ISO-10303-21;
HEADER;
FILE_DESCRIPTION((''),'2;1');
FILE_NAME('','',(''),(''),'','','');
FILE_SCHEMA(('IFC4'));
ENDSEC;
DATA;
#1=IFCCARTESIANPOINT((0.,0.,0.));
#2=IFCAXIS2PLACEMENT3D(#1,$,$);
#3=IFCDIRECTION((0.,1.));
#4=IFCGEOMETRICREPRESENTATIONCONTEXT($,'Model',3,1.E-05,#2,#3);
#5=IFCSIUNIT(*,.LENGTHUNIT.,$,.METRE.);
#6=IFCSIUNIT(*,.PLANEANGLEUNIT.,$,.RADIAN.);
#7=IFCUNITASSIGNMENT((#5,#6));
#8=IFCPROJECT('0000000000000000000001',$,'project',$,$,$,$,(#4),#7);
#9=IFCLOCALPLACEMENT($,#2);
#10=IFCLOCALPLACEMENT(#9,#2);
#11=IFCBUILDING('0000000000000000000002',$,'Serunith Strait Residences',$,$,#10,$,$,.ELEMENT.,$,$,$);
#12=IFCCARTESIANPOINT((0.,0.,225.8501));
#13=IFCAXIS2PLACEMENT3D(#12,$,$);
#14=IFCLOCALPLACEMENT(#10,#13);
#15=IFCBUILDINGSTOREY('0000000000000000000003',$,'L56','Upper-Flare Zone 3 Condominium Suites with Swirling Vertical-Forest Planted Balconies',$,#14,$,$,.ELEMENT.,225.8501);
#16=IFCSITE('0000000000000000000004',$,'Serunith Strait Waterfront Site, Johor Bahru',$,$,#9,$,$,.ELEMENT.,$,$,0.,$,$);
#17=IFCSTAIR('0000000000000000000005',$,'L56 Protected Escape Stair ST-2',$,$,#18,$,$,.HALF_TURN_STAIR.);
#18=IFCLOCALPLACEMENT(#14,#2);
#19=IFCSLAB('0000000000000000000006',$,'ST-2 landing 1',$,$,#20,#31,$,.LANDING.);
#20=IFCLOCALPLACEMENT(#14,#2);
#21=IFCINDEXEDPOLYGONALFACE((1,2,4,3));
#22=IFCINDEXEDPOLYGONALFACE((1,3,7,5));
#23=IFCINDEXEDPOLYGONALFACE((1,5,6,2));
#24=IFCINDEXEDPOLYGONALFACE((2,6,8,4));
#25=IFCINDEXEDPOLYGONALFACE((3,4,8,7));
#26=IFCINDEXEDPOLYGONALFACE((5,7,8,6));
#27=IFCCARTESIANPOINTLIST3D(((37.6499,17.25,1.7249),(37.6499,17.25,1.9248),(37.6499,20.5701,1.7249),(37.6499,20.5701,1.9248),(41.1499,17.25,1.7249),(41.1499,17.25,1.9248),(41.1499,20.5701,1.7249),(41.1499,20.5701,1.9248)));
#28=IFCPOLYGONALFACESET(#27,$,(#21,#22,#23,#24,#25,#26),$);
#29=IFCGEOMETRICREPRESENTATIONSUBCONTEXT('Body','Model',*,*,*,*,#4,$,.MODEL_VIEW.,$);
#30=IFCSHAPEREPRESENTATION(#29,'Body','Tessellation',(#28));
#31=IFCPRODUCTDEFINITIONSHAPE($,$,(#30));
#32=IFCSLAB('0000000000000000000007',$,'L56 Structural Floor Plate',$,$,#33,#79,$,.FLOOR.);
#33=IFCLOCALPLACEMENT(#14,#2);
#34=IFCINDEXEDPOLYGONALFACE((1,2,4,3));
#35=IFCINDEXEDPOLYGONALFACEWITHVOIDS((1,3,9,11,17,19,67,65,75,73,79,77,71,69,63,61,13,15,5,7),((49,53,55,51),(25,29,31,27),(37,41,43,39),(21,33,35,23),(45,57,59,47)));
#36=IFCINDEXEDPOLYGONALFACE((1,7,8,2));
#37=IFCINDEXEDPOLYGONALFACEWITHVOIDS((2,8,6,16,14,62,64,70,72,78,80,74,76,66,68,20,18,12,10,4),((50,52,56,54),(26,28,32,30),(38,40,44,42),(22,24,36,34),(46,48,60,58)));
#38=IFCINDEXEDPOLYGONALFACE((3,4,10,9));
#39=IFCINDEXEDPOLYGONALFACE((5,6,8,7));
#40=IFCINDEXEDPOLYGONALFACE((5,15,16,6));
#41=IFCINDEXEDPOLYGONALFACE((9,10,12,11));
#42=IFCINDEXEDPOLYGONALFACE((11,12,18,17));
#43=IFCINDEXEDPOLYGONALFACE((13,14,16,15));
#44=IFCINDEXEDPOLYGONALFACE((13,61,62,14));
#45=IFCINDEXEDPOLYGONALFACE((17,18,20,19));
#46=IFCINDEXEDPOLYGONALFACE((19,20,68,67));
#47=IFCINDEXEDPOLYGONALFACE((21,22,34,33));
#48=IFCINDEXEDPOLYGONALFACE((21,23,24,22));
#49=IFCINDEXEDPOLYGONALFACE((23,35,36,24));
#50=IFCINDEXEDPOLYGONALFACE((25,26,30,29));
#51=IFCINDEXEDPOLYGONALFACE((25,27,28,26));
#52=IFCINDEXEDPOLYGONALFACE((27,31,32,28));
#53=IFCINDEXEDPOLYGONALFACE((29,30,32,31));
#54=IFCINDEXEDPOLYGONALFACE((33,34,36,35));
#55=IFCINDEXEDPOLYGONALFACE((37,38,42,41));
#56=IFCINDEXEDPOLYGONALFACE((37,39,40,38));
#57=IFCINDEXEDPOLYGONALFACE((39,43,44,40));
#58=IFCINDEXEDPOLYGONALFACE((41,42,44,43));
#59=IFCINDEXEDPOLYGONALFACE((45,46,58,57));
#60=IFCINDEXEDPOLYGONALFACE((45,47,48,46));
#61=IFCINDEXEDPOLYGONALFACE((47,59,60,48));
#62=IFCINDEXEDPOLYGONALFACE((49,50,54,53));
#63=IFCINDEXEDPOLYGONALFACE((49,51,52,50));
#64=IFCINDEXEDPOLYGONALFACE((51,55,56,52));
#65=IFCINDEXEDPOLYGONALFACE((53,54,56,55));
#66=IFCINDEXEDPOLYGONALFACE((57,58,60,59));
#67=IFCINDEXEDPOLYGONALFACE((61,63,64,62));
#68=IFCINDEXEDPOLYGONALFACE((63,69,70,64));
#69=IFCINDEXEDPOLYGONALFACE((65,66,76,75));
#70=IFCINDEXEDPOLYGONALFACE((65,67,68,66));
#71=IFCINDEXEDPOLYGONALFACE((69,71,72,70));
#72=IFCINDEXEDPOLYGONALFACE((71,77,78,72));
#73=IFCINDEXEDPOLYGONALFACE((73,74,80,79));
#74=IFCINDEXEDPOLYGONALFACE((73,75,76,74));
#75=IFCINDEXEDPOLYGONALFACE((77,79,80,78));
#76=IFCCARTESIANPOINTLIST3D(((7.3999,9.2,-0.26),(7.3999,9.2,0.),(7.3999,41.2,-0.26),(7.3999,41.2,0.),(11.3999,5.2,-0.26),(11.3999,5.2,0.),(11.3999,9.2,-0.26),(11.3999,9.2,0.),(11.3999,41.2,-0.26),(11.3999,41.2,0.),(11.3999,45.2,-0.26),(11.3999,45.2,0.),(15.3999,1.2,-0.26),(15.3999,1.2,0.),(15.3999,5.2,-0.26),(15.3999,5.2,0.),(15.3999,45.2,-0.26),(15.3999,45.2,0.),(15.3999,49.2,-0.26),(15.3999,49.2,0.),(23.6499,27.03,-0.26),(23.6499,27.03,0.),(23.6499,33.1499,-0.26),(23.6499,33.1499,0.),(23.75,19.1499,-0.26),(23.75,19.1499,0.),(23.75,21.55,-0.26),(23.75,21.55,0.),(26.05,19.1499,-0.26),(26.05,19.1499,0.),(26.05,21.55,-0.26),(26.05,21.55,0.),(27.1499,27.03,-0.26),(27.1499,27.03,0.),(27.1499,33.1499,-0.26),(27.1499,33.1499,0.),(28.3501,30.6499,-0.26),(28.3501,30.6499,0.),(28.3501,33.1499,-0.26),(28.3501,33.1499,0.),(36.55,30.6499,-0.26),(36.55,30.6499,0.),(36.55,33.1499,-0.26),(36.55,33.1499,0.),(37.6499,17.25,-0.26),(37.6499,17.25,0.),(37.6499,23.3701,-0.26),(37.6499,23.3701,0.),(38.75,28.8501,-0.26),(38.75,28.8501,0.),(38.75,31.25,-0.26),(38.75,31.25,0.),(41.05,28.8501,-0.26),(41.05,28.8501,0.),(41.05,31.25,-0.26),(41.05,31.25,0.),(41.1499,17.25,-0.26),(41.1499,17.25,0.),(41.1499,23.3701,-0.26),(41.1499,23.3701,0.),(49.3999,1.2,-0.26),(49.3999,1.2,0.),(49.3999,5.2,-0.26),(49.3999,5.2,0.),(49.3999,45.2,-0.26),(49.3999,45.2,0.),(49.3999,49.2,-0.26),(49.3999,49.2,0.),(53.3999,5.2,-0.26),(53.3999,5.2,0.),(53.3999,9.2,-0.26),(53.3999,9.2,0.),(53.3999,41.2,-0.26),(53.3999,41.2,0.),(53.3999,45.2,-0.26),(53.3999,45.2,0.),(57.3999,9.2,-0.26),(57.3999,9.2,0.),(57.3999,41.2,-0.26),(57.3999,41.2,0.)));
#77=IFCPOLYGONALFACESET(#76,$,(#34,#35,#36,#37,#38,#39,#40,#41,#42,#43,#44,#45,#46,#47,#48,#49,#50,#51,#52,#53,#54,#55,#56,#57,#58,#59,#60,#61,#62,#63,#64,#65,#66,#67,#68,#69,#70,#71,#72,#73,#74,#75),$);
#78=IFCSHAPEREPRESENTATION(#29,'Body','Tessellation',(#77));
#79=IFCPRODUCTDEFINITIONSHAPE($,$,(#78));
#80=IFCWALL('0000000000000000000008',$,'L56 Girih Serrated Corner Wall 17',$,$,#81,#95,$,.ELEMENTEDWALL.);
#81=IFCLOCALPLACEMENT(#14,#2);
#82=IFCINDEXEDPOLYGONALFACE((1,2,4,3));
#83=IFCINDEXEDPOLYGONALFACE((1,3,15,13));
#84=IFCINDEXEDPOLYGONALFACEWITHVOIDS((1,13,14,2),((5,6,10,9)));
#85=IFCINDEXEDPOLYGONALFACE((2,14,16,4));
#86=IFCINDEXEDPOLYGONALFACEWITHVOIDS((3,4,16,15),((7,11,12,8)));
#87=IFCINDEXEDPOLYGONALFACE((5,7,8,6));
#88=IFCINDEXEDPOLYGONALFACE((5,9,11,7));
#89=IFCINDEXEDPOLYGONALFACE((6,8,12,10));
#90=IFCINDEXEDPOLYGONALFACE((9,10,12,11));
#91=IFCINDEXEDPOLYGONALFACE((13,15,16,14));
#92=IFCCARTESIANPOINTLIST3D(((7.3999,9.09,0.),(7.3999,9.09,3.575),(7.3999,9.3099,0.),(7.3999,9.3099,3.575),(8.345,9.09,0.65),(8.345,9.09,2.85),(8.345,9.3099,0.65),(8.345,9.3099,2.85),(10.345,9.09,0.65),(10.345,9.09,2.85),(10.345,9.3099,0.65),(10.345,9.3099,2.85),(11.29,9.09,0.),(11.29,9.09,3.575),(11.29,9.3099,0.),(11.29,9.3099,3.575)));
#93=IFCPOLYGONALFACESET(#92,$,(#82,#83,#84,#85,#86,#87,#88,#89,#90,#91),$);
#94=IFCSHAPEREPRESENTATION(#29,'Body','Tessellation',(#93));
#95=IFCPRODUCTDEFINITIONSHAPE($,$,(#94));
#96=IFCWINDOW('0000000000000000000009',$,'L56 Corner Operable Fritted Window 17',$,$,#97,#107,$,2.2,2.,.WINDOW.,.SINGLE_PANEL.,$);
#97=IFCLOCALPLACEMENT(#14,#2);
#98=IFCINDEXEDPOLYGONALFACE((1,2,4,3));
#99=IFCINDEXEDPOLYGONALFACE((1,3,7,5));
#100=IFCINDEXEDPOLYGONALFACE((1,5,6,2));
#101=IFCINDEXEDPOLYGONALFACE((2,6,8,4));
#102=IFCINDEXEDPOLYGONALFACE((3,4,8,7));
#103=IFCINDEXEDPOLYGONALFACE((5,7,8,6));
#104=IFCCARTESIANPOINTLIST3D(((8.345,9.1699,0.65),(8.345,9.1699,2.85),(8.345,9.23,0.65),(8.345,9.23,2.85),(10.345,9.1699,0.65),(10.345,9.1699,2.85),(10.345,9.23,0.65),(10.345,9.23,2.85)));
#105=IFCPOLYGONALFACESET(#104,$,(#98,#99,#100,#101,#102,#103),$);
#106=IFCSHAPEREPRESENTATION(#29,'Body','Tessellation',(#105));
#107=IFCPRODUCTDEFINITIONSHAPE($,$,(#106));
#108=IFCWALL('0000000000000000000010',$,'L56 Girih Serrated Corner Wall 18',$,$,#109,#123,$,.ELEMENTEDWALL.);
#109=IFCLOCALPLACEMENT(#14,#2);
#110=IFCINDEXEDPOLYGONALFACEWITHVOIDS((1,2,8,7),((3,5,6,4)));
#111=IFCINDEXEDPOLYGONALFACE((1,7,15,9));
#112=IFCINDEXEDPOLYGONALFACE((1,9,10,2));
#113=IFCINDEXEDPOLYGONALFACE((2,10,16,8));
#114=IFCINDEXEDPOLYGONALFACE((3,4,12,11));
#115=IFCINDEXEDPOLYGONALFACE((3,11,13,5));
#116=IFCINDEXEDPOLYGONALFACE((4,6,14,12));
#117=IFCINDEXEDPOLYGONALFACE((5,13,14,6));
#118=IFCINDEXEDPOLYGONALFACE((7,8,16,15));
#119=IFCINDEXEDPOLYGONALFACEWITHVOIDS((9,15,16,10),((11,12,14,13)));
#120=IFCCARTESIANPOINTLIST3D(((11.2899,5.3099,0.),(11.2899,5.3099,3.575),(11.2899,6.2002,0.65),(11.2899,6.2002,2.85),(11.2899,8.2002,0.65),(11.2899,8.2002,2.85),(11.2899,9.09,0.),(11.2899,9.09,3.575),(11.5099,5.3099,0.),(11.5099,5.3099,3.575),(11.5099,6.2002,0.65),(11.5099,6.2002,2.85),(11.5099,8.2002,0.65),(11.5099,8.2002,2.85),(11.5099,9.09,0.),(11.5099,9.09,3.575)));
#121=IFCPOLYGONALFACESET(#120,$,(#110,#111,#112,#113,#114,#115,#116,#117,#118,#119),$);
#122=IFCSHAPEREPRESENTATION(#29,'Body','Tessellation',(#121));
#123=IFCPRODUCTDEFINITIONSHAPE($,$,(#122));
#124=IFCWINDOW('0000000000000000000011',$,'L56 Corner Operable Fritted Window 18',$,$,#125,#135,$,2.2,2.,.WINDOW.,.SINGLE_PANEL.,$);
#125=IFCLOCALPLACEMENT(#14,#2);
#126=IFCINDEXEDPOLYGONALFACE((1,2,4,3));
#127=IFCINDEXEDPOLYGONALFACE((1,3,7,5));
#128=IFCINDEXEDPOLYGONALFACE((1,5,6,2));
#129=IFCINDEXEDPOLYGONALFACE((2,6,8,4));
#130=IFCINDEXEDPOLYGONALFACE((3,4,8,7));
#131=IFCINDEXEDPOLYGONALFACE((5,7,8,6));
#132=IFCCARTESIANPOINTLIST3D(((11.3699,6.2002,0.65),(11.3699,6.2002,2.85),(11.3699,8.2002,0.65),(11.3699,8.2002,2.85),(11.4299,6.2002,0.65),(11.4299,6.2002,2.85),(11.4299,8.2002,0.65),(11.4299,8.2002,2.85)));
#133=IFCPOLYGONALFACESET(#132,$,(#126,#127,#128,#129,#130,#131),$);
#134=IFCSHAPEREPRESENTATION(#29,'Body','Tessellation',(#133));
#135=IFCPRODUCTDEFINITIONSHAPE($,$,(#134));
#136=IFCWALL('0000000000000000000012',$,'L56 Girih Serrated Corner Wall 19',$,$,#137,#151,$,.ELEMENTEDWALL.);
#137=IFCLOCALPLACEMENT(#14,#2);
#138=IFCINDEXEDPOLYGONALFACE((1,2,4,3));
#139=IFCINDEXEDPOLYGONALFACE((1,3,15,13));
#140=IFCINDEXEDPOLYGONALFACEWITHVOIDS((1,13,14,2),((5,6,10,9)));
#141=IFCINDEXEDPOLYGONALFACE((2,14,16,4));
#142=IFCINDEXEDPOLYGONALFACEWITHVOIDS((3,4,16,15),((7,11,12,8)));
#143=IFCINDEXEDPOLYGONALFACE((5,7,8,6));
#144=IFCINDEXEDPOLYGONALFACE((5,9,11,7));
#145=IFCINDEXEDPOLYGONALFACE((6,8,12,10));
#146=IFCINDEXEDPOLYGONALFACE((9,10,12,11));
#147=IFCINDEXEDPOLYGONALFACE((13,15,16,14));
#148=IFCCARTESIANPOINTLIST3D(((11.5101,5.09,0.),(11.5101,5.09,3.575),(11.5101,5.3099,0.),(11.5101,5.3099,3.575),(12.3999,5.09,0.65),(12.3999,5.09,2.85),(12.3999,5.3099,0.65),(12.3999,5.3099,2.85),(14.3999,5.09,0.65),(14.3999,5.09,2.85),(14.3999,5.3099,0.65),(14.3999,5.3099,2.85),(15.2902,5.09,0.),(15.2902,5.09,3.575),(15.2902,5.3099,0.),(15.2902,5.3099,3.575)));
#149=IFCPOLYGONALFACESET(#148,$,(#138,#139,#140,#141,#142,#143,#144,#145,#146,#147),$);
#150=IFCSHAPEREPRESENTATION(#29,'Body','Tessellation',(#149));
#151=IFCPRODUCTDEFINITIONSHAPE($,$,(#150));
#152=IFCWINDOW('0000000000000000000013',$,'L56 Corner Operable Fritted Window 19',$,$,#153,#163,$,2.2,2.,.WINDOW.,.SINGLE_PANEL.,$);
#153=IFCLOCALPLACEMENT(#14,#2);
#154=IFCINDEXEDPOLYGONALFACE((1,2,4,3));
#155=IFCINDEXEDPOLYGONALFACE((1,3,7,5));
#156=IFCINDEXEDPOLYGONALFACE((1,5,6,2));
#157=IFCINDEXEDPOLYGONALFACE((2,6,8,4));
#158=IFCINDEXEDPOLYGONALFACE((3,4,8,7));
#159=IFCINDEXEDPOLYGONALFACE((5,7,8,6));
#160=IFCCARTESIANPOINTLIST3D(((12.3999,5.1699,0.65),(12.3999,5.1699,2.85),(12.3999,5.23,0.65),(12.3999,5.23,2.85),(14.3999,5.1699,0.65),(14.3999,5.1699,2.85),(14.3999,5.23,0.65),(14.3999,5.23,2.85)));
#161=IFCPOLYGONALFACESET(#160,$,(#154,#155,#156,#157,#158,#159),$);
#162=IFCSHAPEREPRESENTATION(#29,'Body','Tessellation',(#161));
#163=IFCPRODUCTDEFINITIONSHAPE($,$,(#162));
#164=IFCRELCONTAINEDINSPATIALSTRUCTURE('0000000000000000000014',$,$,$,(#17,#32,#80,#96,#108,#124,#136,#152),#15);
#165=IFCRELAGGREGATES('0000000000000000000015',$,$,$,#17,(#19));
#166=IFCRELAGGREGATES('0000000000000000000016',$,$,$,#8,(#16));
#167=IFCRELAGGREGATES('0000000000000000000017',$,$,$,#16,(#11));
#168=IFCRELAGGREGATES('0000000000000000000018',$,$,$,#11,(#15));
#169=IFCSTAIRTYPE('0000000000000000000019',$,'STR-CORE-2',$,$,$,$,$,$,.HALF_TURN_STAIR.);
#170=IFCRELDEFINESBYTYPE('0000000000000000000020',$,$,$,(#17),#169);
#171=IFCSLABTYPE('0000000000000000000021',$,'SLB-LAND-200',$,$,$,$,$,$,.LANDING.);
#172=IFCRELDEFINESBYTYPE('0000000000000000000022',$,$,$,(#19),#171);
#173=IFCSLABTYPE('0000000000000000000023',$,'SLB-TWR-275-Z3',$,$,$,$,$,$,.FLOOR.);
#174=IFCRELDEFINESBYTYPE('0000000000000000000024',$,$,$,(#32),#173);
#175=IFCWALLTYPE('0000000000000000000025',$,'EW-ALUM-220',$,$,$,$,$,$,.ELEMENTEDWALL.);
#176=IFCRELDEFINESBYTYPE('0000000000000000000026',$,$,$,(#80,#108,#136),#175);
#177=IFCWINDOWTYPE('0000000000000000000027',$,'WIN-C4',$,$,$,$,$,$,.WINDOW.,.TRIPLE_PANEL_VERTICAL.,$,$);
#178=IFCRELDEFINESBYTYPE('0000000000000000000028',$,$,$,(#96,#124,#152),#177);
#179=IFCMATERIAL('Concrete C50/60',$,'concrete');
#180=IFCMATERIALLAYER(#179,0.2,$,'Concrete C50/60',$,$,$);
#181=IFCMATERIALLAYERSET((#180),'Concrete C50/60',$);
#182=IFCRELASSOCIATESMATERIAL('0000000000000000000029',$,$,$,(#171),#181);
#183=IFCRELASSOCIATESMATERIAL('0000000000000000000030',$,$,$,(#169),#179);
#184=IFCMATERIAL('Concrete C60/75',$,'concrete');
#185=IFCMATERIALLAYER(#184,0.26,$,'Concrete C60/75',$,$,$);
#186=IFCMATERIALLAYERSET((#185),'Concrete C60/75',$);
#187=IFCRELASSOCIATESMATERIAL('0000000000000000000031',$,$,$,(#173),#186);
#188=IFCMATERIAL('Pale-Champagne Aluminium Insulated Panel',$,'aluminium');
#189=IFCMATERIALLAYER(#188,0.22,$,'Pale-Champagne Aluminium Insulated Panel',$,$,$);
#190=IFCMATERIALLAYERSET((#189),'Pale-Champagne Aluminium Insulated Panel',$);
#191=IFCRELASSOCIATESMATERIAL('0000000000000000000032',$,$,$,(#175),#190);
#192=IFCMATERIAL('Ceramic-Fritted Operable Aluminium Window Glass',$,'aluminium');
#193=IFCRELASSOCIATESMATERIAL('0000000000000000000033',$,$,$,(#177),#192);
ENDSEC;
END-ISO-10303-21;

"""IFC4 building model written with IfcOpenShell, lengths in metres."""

from ifc_helpers import new_model, si_unit, direction, frame, frame_2d, origin, place, context, subcontext, project, spatial, polyline, rectangle, outline, extrude, source, transform, mapped, material, layer, layer_set, type_object, element, fill, aggregate, save


model = new_model("IFC4")

# Units and contexts
model_context = context("Model", 3, precision=1e-05, world=origin(), true_north=direction((0.0, 1.0)))
body_context = subcontext(model_context, "Body", "Model", "MODEL_VIEW")
ifc_project = project(units=[si_unit("LENGTHUNIT", "METRE"), si_unit("PLANEANGLEUNIT", "RADIAN")], contexts=[model_context])

# Site, building, storey
site_placement = place(None, origin())
site = spatial("IfcSite", under=ifc_project, at=site_placement, Name="Serunith Strait Waterfront Site, Johor Bahru", CompositionType="ELEMENT", RefElevation=0.0)
building_placement = place(site_placement, origin())
building = spatial("IfcBuilding", under=site, at=building_placement, Name="Serunith Strait Residences", CompositionType="ELEMENT")
storey_placement = place(building_placement, frame((0.0, 0.0, 225.8501)))
storey = spatial("IfcBuildingStorey", under=building, at=storey_placement, Name="L56", Description="Upper-Flare Zone 3 Condominium Suites with Swirling Vertical-Forest Planted Balconies", CompositionType="ELEMENT", Elevation=225.8501)

# Shared definitions
ifc_material_1 = material(Name="Concrete C50/60", Category="concrete")

# Stair, slab
ifc_layer_1 = layer(ifc_material_1, 0.2, Name="Concrete C50/60")
ifc_layer_set_1 = layer_set([ifc_layer_1], Name="Concrete C50/60")
slab_type_1 = type_object("IfcSlabType", Name="SLB-LAND-200", PredefinedType="LANDING", material=ifc_layer_set_1)
stair_type_1 = type_object("IfcStairType", Name="STR-CORE-2", PredefinedType="HALF_TURN_STAIR", material=ifc_material_1)
stair_1_placement = place(storey_placement, origin())
stair_1 = element("IfcStair", 1, at=stair_1_placement, inside=storey, type_object=stair_type_1, Name="L56 Protected Escape Stair ST-2", PredefinedType="HALF_TURN_STAIR")
slab_1_placement = place(storey_placement, frame((0.0, 0.0, 1.7249)))
slab_1 = element("IfcSlab", 2, at=slab_1_placement, type_object=slab_type_1, Name="ST-2 landing 1", PredefinedType="LANDING", context=body_context, shape_type="SweptSolid", body=[
    extrude(outline(polyline([(37.6499, 20.5701), (37.6499, 17.25), (41.1499, 17.25), (41.1499, 20.5701), (37.6499, 20.5701)])), origin(), (0.0, 0.0, 1.0), 0.2),
])
aggregate(stair_1, [slab_1])

# Slab
ifc_material_2 = material(Name="Concrete C60/75", Category="concrete")
ifc_layer_2 = layer(ifc_material_2, 0.26, Name="Concrete C60/75")
ifc_layer_set_2 = layer_set([ifc_layer_2], Name="Concrete C60/75")
slab_type_2 = type_object("IfcSlabType", Name="SLB-TWR-275-Z3", PredefinedType="FLOOR", material=ifc_layer_set_2)
slab_2_placement = place(storey_placement, frame((0.0, 0.0, -0.26)))
element("IfcSlab", 3, at=slab_2_placement, inside=storey, type_object=slab_type_2, Name="L56 Structural Floor Plate", PredefinedType="FLOOR", context=body_context, shape_type="SweptSolid", body=[
    extrude(outline(polyline([(15.3999, 5.2), (11.3999, 5.2), (11.3999, 9.2), (7.3999, 9.2), (7.3999, 41.2), (11.3999, 41.2), (11.3999, 45.2), (15.3999, 45.2), (15.3999, 49.2), (49.3999, 49.2), (49.3999, 45.2), (53.3999, 45.2), (53.3999, 41.2), (57.3999, 41.2), (57.3999, 9.2), (53.3999, 9.2), (53.3999, 5.2), (49.3999, 5.2), (49.3999, 1.2), (15.3999, 1.2), (15.3999, 5.2)]), holes=[polyline([(41.1499, 23.3701), (37.6499, 23.3701), (37.6499, 17.25), (41.1499, 17.25), (41.1499, 23.3701)]), polyline([(38.75, 31.25), (38.75, 28.8501), (41.05, 28.8501), (41.05, 31.25), (38.75, 31.25)]), polyline([(36.55, 33.1499), (28.3501, 33.1499), (28.3501, 30.6499), (36.55, 30.6499), (36.55, 33.1499)]), polyline([(23.6499, 33.1499), (23.6499, 27.03), (27.1499, 27.03), (27.1499, 33.1499), (23.6499, 33.1499)]), polyline([(23.75, 21.55), (23.75, 19.1499), (26.05, 19.1499), (26.05, 21.55), (23.75, 21.55)])]), origin(), (0.0, 0.0, 1.0), 0.26),
])

# Walls, openings, windows
ifc_material_3 = material(Name="Pale-Champagne Aluminium Insulated Panel", Category="aluminium")
ifc_layer_3 = layer(ifc_material_3, 0.22, Name="Pale-Champagne Aluminium Insulated Panel")
ifc_layer_set_3 = layer_set([ifc_layer_3], Name="Pale-Champagne Aluminium Insulated Panel")
wall_type = type_object("IfcWallType", Name="EW-ALUM-220", PredefinedType="ELEMENTEDWALL", material=ifc_layer_set_3)
wall_1_placement = place(storey_placement, frame((7.3999, 9.2, 0.0), z_axis=(0.0, 0.0, 1.0), x_axis=(1.0, 0.0, 0.0)))
wall_1 = element("IfcWall", 4, at=wall_1_placement, inside=storey, type_object=wall_type, Name="L56 Girih Serrated Corner Wall 17", PredefinedType="ELEMENTEDWALL", context=body_context, shape_type="SweptSolid", body=[
    extrude(rectangle(XDim=3.8901, YDim=0.22, at=frame_2d((1.9451, 0.0))), origin(), (0.0, 0.0, 1.0), 3.575),
])
opening_1_placement = place(wall_1_placement, frame((0.9451, 0.0, 0.6499)))
opening_1 = element("IfcOpeningElement", 5, at=opening_1_placement, cuts=wall_1, PredefinedType="OPENING", context=body_context, shape_type="SweptSolid", body=[
    extrude(rectangle(XDim=2.0, YDim=2.2, at=frame_2d((1.0, 1.1001))), frame((0.0, 0.1201, 0.0), z_axis=(0.0, -1.0, 0.0), x_axis=(1.0, 0.0, 0.0)), (0.0, 0.0, 1.0), 0.24),
])
ifc_material_4 = material(Name="Ceramic-Fritted Operable Aluminium Window Glass", Category="aluminium")
window_type = type_object("IfcWindowType", Name="WIN-C4", PartitioningType="TRIPLE_PANEL_VERTICAL", PredefinedType="WINDOW", material=ifc_material_4)
shared_shape_1 = source(origin(), body_context, "Body", "SweptSolid", [
    extrude(rectangle(XDim=2.0, YDim=2.2, at=frame_2d((1.0, 1.1001))), frame((0.0, 0.03, 0.0), z_axis=(0.0, -1.0, 0.0), x_axis=(1.0, 0.0, 0.0)), (0.0, 0.0, 1.0), 0.0601),
])
window_1_placement = place(opening_1_placement, origin())
window_1 = element("IfcWindow", 6, at=window_1_placement, inside=storey, type_object=window_type, Name="L56 Corner Operable Fritted Window 17", OverallHeight=2.2, OverallWidth=2.0, PartitioningType="SINGLE_PANEL", PredefinedType="WINDOW", context=body_context, shape_type="MappedRepresentation", body=[
    mapped(shared_shape_1, transform((0.0, 0.0, 0.0), scale=1.0)),
])
fill(opening_1, window_1)
wall_2_placement = place(storey_placement, frame((11.3999, 9.0901, 0.0), z_axis=(0.0, 0.0, 1.0), x_axis=(0.0, -1.0, 0.0)))
wall_2 = element("IfcWall", 7, at=wall_2_placement, inside=storey, type_object=wall_type, Name="L56 Girih Serrated Corner Wall 18", PredefinedType="ELEMENTEDWALL", context=body_context, shape_type="SweptSolid", body=[
    extrude(rectangle(XDim=3.78, YDim=0.22, at=frame_2d((1.8901, 0.0))), origin(), (0.0, 0.0, 1.0), 3.575),
])
opening_2_placement = place(wall_2_placement, frame((0.8899, 0.0, 0.6499)))
opening_2 = element("IfcOpeningElement", 8, at=opening_2_placement, cuts=wall_2, PredefinedType="OPENING", context=body_context, shape_type="SweptSolid", body=[
    extrude(rectangle(XDim=2.0, YDim=2.2, at=frame_2d((1.0, 1.1001))), frame((0.0, 0.1201, 0.0), z_axis=(0.0, -1.0, 0.0), x_axis=(1.0, 0.0, 0.0)), (0.0, 0.0, 1.0), 0.24),
])
window_2_placement = place(opening_2_placement, origin())
window_2 = element("IfcWindow", 9, at=window_2_placement, inside=storey, type_object=window_type, Name="L56 Corner Operable Fritted Window 18", OverallHeight=2.2, OverallWidth=2.0, PartitioningType="SINGLE_PANEL", PredefinedType="WINDOW", context=body_context, shape_type="MappedRepresentation", body=[
    mapped(shared_shape_1, transform((0.0, 0.0, 0.0), scale=1.0)),
])
fill(opening_2, window_2)
wall_3_placement = place(storey_placement, frame((11.51, 5.2, 0.0), z_axis=(0.0, 0.0, 1.0), x_axis=(1.0, 0.0, 0.0)))
wall_3 = element("IfcWall", 10, at=wall_3_placement, inside=storey, type_object=wall_type, Name="L56 Girih Serrated Corner Wall 19", PredefinedType="ELEMENTEDWALL", context=body_context, shape_type="SweptSolid", body=[
    extrude(rectangle(XDim=3.78, YDim=0.22, at=frame_2d((1.8901, 0.0))), origin(), (0.0, 0.0, 1.0), 3.575),
])
opening_3_placement = place(wall_3_placement, frame((0.8899, 0.0, 0.6499)))
opening_3 = element("IfcOpeningElement", 11, at=opening_3_placement, cuts=wall_3, PredefinedType="OPENING", context=body_context, shape_type="SweptSolid", body=[
    extrude(rectangle(XDim=2.0, YDim=2.2, at=frame_2d((1.0, 1.1001))), frame((0.0, 0.1201, 0.0), z_axis=(0.0, -1.0, 0.0), x_axis=(1.0, 0.0, 0.0)), (0.0, 0.0, 1.0), 0.24),
])
window_3_placement = place(opening_3_placement, origin())
window_3 = element("IfcWindow", 12, at=window_3_placement, inside=storey, type_object=window_type, Name="L56 Corner Operable Fritted Window 19", OverallHeight=2.2, OverallWidth=2.0, PartitioningType="SINGLE_PANEL", PredefinedType="WINDOW", context=body_context, shape_type="MappedRepresentation", body=[
    mapped(shared_shape_1, transform((0.0, 0.0, 0.0), scale=1.0)),
])
fill(opening_3, window_3)

save(model, "model.ifc")
